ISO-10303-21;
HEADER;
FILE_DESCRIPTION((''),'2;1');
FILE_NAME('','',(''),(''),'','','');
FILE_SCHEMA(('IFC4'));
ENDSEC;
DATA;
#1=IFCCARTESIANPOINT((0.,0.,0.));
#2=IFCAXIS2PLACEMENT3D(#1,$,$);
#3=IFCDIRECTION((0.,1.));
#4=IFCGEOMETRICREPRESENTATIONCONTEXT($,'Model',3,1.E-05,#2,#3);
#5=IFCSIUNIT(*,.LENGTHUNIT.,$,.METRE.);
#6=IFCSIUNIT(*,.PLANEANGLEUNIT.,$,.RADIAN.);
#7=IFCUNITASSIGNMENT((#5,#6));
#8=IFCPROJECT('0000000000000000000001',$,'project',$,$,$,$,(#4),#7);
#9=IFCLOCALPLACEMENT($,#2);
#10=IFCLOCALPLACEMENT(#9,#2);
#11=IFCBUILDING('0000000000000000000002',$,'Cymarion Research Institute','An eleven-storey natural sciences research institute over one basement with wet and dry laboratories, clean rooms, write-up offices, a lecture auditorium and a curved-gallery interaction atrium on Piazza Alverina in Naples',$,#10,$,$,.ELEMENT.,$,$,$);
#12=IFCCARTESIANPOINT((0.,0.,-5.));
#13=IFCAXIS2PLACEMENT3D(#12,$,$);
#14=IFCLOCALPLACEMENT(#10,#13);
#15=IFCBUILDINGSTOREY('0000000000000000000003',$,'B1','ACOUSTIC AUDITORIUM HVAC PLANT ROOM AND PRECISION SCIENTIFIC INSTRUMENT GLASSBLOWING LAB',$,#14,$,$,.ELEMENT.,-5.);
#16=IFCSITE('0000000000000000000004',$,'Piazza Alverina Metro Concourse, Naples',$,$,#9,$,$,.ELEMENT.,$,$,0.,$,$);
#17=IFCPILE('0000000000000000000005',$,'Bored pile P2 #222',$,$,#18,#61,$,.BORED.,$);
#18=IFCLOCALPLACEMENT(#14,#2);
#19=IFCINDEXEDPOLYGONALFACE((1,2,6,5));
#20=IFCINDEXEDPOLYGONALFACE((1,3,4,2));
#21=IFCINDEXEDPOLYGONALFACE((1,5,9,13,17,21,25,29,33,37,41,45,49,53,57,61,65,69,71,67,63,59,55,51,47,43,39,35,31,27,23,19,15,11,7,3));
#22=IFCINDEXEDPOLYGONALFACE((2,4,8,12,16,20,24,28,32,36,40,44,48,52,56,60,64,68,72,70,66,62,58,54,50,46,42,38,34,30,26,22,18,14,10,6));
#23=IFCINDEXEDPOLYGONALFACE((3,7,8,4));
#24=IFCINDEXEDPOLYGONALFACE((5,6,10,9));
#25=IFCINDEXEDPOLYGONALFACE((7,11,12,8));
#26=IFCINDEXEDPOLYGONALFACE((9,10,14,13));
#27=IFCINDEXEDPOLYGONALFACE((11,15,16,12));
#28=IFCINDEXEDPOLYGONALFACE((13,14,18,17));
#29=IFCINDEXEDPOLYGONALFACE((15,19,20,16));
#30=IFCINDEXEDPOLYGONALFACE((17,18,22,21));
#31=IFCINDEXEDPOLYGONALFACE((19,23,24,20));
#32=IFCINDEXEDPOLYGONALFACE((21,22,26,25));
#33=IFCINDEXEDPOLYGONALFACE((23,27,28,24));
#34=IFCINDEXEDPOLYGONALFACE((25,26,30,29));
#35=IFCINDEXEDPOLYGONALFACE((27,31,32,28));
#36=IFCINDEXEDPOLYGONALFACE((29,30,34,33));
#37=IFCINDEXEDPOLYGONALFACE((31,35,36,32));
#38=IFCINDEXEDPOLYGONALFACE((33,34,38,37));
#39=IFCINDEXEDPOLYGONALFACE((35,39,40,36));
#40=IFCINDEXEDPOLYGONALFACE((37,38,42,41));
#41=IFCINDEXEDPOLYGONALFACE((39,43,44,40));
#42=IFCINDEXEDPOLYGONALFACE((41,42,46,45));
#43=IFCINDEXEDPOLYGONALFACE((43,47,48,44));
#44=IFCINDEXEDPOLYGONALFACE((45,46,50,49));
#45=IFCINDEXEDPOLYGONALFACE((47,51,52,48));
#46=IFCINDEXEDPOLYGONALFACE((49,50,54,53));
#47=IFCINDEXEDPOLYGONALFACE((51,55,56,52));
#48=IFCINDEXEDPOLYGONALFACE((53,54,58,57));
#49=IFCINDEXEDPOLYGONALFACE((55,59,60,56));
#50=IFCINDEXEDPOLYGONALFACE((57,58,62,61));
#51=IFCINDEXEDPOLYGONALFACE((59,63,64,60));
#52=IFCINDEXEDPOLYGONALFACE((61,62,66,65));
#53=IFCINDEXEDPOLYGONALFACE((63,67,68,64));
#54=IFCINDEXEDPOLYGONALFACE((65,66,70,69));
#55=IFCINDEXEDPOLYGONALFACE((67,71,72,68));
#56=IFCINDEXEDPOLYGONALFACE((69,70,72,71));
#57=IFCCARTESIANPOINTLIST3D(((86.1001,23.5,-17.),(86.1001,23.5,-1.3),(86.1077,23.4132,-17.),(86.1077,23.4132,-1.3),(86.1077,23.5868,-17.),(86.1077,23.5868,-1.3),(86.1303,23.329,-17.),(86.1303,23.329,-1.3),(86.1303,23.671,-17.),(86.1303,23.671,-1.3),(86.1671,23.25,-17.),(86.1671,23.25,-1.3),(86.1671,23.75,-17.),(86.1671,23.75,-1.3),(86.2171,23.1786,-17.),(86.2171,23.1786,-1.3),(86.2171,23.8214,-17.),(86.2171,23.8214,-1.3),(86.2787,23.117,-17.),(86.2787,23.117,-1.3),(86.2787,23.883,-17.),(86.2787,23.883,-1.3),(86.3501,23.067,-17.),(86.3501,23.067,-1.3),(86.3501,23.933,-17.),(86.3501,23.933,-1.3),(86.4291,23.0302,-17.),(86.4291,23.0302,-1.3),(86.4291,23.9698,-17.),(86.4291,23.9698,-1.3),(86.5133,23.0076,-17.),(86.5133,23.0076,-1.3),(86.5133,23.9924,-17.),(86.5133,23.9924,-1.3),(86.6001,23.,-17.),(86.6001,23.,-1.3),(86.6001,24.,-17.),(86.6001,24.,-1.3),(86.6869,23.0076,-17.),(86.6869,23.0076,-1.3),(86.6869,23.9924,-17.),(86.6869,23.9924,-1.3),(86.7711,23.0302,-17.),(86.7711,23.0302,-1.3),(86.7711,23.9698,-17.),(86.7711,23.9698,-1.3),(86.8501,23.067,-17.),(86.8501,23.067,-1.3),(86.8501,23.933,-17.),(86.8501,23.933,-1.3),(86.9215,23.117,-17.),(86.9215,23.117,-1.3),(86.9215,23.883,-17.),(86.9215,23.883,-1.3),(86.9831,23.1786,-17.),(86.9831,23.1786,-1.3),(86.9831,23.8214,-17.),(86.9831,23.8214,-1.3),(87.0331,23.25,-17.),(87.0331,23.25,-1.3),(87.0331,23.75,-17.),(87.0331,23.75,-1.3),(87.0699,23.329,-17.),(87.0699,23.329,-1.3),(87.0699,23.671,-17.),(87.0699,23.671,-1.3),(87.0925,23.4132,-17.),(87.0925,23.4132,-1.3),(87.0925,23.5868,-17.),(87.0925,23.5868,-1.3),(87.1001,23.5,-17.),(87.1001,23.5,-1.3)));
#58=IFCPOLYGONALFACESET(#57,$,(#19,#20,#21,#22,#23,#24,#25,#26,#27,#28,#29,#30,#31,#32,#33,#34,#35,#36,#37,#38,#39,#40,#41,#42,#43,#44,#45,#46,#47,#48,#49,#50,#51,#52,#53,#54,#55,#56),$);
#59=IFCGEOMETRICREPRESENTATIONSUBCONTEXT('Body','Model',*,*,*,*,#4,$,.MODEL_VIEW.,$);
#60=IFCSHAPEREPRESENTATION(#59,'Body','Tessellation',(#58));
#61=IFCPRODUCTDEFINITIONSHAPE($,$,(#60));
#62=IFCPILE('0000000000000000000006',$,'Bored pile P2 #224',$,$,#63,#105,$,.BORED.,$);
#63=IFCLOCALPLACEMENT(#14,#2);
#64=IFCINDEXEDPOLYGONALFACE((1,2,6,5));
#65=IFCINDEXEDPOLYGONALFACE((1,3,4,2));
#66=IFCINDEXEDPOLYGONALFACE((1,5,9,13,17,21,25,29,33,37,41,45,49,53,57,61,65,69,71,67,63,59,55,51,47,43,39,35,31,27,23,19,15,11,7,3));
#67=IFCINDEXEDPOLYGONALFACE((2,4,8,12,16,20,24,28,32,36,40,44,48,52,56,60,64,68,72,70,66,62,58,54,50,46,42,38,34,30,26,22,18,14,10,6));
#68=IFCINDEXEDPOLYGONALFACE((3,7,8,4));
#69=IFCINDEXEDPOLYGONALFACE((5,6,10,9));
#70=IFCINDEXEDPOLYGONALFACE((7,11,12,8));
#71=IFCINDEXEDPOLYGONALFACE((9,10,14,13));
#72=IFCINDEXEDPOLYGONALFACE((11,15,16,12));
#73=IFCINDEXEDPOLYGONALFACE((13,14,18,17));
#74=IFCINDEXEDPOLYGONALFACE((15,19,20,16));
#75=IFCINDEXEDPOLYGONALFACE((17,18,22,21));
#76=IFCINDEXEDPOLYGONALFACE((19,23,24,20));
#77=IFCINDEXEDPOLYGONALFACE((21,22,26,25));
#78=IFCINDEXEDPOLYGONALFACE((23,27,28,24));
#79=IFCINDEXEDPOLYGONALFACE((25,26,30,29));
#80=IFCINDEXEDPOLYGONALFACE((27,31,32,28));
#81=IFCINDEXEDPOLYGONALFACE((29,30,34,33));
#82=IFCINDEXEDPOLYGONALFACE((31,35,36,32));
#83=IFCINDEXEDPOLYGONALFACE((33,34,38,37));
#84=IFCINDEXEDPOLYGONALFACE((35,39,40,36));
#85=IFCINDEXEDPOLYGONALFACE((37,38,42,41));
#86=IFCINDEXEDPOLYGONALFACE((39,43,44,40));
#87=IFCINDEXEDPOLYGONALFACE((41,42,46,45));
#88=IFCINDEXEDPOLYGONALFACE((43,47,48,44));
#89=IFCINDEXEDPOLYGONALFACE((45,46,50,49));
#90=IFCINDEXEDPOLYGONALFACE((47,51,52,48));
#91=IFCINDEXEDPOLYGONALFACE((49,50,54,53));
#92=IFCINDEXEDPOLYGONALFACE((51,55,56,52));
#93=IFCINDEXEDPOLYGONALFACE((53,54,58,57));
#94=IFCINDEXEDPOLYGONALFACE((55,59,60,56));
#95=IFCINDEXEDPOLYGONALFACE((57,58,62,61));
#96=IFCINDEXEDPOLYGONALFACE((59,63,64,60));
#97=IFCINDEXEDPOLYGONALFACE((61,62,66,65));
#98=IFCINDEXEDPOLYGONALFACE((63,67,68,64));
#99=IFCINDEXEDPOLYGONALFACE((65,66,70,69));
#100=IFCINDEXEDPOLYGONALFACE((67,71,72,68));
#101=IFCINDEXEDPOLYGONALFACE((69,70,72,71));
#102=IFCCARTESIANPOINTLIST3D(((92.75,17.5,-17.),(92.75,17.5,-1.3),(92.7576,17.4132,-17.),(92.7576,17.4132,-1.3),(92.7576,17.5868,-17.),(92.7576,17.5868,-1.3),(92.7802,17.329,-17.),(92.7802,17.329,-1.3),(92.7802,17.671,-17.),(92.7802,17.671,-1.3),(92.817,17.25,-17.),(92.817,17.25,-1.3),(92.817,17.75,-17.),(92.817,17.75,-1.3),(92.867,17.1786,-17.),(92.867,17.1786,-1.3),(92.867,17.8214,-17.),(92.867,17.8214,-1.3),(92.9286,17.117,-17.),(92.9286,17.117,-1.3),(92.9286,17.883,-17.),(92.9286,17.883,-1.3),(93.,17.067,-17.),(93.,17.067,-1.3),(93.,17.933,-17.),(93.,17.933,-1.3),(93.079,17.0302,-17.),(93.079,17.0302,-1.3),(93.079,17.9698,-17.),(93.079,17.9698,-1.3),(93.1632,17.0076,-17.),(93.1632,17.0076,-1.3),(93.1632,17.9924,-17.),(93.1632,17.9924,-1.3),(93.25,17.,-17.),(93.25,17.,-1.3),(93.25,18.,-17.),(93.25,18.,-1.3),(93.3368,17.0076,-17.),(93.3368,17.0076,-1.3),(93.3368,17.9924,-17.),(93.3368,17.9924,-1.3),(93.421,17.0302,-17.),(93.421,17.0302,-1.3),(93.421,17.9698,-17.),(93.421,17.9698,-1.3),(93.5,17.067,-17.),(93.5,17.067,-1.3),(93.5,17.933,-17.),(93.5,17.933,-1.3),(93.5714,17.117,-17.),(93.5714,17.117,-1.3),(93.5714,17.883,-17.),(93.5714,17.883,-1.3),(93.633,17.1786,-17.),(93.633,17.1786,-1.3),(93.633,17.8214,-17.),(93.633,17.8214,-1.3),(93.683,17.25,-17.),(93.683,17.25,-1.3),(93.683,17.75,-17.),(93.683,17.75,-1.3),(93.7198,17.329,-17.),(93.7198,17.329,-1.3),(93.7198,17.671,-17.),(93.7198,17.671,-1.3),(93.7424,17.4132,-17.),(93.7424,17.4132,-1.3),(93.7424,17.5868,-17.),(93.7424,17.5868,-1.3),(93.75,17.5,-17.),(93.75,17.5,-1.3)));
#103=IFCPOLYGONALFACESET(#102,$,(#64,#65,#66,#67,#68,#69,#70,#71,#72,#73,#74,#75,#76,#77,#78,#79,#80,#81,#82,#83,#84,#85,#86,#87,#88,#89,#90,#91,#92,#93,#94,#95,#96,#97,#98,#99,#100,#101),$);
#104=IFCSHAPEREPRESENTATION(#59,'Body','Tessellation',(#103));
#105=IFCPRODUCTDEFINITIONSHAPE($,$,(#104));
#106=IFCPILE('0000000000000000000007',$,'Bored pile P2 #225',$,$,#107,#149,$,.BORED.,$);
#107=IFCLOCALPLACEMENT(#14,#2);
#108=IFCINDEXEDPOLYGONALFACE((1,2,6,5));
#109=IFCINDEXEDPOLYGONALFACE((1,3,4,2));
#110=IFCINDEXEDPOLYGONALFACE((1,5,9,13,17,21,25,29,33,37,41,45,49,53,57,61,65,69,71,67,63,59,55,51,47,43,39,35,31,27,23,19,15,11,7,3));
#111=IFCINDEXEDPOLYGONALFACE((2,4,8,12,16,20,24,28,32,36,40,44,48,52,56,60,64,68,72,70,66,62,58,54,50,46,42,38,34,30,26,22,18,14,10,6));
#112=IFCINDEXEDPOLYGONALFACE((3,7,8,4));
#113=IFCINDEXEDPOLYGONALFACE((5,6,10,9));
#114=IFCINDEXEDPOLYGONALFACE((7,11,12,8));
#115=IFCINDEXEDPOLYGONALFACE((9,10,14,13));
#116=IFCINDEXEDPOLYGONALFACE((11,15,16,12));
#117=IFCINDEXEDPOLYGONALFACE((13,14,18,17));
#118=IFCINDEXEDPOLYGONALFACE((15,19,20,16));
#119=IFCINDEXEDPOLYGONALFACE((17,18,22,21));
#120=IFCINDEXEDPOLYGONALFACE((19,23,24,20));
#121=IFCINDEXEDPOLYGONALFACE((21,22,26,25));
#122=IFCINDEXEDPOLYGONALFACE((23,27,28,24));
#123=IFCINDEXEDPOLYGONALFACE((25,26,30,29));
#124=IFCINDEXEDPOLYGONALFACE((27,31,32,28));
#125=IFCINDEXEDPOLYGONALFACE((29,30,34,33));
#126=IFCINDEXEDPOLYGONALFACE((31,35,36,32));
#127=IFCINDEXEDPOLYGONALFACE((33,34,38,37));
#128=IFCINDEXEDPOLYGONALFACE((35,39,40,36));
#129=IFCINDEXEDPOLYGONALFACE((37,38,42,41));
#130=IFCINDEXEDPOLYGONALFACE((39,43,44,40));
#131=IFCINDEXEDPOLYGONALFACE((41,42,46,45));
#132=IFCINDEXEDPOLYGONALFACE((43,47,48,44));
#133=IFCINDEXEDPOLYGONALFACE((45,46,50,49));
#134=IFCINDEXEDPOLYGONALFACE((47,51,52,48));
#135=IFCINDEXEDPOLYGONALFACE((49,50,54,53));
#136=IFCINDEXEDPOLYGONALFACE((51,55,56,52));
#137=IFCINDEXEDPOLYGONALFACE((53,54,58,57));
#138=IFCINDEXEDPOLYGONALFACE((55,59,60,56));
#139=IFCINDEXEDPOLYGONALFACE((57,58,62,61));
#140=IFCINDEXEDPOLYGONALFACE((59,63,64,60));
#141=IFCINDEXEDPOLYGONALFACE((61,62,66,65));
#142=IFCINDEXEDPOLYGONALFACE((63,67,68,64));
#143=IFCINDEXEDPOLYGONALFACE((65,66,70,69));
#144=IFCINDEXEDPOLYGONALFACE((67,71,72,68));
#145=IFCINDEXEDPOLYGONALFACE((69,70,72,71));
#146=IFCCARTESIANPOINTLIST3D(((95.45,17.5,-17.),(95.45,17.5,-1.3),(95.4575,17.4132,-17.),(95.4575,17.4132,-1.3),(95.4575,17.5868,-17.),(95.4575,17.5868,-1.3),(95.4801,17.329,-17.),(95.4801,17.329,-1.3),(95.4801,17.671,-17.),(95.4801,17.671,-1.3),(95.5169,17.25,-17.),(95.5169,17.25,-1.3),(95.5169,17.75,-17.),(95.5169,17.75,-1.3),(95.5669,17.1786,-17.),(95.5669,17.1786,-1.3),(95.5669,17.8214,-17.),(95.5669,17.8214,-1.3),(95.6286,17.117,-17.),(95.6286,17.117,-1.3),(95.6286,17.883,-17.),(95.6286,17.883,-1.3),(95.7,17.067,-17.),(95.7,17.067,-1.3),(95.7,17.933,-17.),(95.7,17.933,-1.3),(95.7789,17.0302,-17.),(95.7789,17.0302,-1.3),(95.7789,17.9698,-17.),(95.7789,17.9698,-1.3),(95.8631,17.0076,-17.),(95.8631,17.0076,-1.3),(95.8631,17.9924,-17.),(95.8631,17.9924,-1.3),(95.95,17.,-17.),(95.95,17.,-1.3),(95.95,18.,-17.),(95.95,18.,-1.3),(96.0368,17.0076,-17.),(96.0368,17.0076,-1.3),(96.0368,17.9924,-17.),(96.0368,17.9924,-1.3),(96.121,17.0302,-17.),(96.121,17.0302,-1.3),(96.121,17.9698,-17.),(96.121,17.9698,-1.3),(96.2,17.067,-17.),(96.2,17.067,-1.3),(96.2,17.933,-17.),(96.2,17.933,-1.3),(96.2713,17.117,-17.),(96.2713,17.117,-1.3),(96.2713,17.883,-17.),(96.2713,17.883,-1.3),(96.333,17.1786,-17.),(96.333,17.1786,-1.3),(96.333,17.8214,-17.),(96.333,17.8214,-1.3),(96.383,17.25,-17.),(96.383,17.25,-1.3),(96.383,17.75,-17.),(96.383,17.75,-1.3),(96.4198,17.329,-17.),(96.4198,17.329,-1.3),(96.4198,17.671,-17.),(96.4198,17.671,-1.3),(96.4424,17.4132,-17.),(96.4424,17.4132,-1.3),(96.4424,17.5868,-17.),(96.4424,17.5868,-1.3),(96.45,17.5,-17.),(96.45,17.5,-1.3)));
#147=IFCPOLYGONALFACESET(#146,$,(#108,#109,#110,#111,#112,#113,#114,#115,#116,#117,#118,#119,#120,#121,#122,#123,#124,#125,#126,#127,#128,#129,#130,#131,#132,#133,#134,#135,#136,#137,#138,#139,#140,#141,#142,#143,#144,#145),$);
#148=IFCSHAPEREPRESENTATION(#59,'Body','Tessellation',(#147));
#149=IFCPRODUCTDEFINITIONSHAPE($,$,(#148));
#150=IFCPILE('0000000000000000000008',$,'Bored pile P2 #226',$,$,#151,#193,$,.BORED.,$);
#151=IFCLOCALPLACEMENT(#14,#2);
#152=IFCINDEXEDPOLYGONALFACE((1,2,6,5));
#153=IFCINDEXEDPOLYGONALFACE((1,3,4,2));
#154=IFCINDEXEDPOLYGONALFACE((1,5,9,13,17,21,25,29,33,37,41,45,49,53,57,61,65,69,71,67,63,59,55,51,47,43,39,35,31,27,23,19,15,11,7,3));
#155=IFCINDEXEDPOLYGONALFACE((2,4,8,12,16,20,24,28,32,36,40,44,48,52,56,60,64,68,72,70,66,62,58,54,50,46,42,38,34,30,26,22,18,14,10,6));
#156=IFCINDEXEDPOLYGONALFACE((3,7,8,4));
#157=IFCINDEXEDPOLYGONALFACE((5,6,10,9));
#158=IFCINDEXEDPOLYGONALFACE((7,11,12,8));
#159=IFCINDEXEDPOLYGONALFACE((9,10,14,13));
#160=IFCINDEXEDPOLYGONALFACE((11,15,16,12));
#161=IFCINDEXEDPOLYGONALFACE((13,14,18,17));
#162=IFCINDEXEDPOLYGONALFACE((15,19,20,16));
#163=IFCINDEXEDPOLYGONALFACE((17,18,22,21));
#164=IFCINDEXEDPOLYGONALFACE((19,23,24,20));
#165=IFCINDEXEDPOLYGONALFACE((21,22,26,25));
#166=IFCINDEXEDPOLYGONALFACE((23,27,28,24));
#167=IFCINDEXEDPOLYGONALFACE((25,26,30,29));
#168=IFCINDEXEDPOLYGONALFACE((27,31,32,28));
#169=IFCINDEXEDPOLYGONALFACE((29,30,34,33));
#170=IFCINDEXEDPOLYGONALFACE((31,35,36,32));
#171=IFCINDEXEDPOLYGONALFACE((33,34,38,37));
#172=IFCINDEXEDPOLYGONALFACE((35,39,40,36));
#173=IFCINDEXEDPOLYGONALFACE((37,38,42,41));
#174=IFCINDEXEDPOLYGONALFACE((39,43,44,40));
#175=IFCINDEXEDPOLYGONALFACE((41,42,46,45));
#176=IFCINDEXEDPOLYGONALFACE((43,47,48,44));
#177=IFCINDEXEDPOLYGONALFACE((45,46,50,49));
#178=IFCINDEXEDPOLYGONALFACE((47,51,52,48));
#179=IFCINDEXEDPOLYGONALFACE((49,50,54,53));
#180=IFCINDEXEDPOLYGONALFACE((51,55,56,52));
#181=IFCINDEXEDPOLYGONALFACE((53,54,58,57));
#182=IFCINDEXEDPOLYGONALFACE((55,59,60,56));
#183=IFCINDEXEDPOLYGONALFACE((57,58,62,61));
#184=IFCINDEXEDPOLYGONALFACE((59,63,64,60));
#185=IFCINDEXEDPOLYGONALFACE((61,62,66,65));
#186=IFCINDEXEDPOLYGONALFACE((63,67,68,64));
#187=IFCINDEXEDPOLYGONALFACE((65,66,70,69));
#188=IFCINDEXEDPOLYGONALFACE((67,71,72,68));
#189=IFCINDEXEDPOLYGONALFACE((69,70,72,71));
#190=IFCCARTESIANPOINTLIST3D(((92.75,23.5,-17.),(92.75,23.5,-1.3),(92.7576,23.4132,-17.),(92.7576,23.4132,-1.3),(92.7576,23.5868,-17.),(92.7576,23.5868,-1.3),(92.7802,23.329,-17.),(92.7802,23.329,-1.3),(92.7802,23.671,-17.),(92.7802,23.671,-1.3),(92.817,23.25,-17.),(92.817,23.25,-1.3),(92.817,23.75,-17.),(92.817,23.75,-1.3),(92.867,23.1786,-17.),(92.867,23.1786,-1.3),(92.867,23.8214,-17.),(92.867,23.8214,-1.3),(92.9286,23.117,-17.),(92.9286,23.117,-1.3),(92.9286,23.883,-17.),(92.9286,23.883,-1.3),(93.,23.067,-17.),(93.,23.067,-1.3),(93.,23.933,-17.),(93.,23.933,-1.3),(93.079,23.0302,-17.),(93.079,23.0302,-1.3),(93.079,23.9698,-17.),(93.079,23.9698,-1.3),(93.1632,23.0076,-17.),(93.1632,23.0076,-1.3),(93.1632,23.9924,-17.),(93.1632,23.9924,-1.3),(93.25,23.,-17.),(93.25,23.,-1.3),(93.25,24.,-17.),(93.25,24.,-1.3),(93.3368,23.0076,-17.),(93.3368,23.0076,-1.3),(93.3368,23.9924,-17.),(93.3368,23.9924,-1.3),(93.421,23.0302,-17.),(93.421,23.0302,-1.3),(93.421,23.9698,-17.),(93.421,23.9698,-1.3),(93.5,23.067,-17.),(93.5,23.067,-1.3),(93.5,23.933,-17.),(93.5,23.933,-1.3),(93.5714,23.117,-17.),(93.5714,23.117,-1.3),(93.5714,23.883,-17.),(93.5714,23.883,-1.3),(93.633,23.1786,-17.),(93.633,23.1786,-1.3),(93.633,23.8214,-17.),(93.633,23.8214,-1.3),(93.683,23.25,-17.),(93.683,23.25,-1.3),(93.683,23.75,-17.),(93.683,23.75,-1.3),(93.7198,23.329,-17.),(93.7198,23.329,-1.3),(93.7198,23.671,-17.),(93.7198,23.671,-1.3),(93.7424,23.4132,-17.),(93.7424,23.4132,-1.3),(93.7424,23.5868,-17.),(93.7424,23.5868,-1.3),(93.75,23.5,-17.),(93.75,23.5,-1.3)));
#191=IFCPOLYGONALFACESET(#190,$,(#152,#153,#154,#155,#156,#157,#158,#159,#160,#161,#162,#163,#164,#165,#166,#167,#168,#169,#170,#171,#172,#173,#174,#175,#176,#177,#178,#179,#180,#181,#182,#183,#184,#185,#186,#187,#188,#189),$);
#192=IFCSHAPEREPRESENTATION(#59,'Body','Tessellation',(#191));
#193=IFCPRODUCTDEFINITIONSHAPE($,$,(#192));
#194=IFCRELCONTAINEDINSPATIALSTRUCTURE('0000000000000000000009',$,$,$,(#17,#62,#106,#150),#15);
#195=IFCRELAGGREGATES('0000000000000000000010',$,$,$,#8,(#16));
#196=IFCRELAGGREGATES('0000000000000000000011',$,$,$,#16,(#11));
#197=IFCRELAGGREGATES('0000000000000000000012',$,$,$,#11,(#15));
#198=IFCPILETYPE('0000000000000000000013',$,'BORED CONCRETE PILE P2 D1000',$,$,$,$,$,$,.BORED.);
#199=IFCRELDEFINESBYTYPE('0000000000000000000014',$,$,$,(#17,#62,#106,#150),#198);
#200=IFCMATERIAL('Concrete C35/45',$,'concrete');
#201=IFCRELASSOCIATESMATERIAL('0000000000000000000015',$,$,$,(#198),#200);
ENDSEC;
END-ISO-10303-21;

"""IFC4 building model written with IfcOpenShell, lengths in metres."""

from ifc_helpers import new_model, si_unit, direction, frame, origin, origin_2d, place, context, subcontext, project, spatial, circle, extrude, material, material_profile, profile_set, type_object, element, save


model = new_model("IFC4")

# Units and contexts
model_context = context("Model", 3, precision=1e-05, world=origin(), true_north=direction((0.0, 1.0)))
body_context = subcontext(model_context, "Body", "Model", "MODEL_VIEW")
ifc_project = project(units=[si_unit("LENGTHUNIT", "METRE"), si_unit("PLANEANGLEUNIT", "RADIAN")], contexts=[model_context])

# Site, building, storey
site_placement = place(None, origin())
site = spatial("IfcSite", under=ifc_project, at=site_placement, Name="Piazza Alverina Metro Concourse, Naples", CompositionType="ELEMENT", RefElevation=0.0)
building_placement = place(site_placement, origin())
building = spatial("IfcBuilding", under=site, at=building_placement, Name="Cymarion Research Institute", Description="An eleven-storey natural sciences research institute over one basement with wet and dry laboratories, clean rooms, write-up offices, a lecture auditorium and a curved-gallery interaction atrium on Piazza Alverina in Naples", CompositionType="ELEMENT")
storey_placement = place(building_placement, frame((0.0, 0.0, -5.0)))
storey = spatial("IfcBuildingStorey", under=building, at=storey_placement, Name="B1", Description="ACOUSTIC AUDITORIUM HVAC PLANT ROOM AND PRECISION SCIENTIFIC INSTRUMENT GLASSBLOWING LAB", CompositionType="ELEMENT", Elevation=-5.0)

# Piles
ifc_material_1 = material(Name="Concrete C35/45", Category="concrete")
ifc_material_profile_1 = material_profile(ifc_material_1, circle(Radius=0.5, at=origin_2d()), Name="BORED PILE D1000")
ifc_profile_set_1 = profile_set([ifc_material_profile_1], Name="Concrete C35/45")
pile_type = type_object("IfcPileType", Name="BORED CONCRETE PILE P2 D1000", PredefinedType="BORED", material=ifc_profile_set_1)
for number, where, z_axis, x_axis, name in (
    (1, (86.6001, 23.5, -1.3), (0.0, 0.0, -1.0), (1.0, 0.0, 0.0), "Bored pile P2 #222"),
    (2, (93.25, 17.5, -1.3), (0.0, 0.0, -1.0), (1.0, 0.0, 0.0), "Bored pile P2 #224"),
    (3, (95.95, 17.5, -1.3), (0.0, 0.0, -1.0), (1.0, 0.0, 0.0), "Bored pile P2 #225"),
    (4, (93.25, 23.5, -1.3), (0.0, 0.0, -1.0), (1.0, 0.0, 0.0), "Bored pile P2 #226"),
):
    element("IfcPile", number, at=place(storey_placement, frame(where, z_axis=z_axis, x_axis=x_axis)), inside=storey, type_object=pile_type, Name=name, PredefinedType="BORED", context=body_context, shape_type="SweptSolid", body=[
        extrude(circle(Radius=0.5, at=origin_2d()), origin(), (0.0, 0.0, 1.0), 15.7),
    ])

save(model, "model.ifc")
